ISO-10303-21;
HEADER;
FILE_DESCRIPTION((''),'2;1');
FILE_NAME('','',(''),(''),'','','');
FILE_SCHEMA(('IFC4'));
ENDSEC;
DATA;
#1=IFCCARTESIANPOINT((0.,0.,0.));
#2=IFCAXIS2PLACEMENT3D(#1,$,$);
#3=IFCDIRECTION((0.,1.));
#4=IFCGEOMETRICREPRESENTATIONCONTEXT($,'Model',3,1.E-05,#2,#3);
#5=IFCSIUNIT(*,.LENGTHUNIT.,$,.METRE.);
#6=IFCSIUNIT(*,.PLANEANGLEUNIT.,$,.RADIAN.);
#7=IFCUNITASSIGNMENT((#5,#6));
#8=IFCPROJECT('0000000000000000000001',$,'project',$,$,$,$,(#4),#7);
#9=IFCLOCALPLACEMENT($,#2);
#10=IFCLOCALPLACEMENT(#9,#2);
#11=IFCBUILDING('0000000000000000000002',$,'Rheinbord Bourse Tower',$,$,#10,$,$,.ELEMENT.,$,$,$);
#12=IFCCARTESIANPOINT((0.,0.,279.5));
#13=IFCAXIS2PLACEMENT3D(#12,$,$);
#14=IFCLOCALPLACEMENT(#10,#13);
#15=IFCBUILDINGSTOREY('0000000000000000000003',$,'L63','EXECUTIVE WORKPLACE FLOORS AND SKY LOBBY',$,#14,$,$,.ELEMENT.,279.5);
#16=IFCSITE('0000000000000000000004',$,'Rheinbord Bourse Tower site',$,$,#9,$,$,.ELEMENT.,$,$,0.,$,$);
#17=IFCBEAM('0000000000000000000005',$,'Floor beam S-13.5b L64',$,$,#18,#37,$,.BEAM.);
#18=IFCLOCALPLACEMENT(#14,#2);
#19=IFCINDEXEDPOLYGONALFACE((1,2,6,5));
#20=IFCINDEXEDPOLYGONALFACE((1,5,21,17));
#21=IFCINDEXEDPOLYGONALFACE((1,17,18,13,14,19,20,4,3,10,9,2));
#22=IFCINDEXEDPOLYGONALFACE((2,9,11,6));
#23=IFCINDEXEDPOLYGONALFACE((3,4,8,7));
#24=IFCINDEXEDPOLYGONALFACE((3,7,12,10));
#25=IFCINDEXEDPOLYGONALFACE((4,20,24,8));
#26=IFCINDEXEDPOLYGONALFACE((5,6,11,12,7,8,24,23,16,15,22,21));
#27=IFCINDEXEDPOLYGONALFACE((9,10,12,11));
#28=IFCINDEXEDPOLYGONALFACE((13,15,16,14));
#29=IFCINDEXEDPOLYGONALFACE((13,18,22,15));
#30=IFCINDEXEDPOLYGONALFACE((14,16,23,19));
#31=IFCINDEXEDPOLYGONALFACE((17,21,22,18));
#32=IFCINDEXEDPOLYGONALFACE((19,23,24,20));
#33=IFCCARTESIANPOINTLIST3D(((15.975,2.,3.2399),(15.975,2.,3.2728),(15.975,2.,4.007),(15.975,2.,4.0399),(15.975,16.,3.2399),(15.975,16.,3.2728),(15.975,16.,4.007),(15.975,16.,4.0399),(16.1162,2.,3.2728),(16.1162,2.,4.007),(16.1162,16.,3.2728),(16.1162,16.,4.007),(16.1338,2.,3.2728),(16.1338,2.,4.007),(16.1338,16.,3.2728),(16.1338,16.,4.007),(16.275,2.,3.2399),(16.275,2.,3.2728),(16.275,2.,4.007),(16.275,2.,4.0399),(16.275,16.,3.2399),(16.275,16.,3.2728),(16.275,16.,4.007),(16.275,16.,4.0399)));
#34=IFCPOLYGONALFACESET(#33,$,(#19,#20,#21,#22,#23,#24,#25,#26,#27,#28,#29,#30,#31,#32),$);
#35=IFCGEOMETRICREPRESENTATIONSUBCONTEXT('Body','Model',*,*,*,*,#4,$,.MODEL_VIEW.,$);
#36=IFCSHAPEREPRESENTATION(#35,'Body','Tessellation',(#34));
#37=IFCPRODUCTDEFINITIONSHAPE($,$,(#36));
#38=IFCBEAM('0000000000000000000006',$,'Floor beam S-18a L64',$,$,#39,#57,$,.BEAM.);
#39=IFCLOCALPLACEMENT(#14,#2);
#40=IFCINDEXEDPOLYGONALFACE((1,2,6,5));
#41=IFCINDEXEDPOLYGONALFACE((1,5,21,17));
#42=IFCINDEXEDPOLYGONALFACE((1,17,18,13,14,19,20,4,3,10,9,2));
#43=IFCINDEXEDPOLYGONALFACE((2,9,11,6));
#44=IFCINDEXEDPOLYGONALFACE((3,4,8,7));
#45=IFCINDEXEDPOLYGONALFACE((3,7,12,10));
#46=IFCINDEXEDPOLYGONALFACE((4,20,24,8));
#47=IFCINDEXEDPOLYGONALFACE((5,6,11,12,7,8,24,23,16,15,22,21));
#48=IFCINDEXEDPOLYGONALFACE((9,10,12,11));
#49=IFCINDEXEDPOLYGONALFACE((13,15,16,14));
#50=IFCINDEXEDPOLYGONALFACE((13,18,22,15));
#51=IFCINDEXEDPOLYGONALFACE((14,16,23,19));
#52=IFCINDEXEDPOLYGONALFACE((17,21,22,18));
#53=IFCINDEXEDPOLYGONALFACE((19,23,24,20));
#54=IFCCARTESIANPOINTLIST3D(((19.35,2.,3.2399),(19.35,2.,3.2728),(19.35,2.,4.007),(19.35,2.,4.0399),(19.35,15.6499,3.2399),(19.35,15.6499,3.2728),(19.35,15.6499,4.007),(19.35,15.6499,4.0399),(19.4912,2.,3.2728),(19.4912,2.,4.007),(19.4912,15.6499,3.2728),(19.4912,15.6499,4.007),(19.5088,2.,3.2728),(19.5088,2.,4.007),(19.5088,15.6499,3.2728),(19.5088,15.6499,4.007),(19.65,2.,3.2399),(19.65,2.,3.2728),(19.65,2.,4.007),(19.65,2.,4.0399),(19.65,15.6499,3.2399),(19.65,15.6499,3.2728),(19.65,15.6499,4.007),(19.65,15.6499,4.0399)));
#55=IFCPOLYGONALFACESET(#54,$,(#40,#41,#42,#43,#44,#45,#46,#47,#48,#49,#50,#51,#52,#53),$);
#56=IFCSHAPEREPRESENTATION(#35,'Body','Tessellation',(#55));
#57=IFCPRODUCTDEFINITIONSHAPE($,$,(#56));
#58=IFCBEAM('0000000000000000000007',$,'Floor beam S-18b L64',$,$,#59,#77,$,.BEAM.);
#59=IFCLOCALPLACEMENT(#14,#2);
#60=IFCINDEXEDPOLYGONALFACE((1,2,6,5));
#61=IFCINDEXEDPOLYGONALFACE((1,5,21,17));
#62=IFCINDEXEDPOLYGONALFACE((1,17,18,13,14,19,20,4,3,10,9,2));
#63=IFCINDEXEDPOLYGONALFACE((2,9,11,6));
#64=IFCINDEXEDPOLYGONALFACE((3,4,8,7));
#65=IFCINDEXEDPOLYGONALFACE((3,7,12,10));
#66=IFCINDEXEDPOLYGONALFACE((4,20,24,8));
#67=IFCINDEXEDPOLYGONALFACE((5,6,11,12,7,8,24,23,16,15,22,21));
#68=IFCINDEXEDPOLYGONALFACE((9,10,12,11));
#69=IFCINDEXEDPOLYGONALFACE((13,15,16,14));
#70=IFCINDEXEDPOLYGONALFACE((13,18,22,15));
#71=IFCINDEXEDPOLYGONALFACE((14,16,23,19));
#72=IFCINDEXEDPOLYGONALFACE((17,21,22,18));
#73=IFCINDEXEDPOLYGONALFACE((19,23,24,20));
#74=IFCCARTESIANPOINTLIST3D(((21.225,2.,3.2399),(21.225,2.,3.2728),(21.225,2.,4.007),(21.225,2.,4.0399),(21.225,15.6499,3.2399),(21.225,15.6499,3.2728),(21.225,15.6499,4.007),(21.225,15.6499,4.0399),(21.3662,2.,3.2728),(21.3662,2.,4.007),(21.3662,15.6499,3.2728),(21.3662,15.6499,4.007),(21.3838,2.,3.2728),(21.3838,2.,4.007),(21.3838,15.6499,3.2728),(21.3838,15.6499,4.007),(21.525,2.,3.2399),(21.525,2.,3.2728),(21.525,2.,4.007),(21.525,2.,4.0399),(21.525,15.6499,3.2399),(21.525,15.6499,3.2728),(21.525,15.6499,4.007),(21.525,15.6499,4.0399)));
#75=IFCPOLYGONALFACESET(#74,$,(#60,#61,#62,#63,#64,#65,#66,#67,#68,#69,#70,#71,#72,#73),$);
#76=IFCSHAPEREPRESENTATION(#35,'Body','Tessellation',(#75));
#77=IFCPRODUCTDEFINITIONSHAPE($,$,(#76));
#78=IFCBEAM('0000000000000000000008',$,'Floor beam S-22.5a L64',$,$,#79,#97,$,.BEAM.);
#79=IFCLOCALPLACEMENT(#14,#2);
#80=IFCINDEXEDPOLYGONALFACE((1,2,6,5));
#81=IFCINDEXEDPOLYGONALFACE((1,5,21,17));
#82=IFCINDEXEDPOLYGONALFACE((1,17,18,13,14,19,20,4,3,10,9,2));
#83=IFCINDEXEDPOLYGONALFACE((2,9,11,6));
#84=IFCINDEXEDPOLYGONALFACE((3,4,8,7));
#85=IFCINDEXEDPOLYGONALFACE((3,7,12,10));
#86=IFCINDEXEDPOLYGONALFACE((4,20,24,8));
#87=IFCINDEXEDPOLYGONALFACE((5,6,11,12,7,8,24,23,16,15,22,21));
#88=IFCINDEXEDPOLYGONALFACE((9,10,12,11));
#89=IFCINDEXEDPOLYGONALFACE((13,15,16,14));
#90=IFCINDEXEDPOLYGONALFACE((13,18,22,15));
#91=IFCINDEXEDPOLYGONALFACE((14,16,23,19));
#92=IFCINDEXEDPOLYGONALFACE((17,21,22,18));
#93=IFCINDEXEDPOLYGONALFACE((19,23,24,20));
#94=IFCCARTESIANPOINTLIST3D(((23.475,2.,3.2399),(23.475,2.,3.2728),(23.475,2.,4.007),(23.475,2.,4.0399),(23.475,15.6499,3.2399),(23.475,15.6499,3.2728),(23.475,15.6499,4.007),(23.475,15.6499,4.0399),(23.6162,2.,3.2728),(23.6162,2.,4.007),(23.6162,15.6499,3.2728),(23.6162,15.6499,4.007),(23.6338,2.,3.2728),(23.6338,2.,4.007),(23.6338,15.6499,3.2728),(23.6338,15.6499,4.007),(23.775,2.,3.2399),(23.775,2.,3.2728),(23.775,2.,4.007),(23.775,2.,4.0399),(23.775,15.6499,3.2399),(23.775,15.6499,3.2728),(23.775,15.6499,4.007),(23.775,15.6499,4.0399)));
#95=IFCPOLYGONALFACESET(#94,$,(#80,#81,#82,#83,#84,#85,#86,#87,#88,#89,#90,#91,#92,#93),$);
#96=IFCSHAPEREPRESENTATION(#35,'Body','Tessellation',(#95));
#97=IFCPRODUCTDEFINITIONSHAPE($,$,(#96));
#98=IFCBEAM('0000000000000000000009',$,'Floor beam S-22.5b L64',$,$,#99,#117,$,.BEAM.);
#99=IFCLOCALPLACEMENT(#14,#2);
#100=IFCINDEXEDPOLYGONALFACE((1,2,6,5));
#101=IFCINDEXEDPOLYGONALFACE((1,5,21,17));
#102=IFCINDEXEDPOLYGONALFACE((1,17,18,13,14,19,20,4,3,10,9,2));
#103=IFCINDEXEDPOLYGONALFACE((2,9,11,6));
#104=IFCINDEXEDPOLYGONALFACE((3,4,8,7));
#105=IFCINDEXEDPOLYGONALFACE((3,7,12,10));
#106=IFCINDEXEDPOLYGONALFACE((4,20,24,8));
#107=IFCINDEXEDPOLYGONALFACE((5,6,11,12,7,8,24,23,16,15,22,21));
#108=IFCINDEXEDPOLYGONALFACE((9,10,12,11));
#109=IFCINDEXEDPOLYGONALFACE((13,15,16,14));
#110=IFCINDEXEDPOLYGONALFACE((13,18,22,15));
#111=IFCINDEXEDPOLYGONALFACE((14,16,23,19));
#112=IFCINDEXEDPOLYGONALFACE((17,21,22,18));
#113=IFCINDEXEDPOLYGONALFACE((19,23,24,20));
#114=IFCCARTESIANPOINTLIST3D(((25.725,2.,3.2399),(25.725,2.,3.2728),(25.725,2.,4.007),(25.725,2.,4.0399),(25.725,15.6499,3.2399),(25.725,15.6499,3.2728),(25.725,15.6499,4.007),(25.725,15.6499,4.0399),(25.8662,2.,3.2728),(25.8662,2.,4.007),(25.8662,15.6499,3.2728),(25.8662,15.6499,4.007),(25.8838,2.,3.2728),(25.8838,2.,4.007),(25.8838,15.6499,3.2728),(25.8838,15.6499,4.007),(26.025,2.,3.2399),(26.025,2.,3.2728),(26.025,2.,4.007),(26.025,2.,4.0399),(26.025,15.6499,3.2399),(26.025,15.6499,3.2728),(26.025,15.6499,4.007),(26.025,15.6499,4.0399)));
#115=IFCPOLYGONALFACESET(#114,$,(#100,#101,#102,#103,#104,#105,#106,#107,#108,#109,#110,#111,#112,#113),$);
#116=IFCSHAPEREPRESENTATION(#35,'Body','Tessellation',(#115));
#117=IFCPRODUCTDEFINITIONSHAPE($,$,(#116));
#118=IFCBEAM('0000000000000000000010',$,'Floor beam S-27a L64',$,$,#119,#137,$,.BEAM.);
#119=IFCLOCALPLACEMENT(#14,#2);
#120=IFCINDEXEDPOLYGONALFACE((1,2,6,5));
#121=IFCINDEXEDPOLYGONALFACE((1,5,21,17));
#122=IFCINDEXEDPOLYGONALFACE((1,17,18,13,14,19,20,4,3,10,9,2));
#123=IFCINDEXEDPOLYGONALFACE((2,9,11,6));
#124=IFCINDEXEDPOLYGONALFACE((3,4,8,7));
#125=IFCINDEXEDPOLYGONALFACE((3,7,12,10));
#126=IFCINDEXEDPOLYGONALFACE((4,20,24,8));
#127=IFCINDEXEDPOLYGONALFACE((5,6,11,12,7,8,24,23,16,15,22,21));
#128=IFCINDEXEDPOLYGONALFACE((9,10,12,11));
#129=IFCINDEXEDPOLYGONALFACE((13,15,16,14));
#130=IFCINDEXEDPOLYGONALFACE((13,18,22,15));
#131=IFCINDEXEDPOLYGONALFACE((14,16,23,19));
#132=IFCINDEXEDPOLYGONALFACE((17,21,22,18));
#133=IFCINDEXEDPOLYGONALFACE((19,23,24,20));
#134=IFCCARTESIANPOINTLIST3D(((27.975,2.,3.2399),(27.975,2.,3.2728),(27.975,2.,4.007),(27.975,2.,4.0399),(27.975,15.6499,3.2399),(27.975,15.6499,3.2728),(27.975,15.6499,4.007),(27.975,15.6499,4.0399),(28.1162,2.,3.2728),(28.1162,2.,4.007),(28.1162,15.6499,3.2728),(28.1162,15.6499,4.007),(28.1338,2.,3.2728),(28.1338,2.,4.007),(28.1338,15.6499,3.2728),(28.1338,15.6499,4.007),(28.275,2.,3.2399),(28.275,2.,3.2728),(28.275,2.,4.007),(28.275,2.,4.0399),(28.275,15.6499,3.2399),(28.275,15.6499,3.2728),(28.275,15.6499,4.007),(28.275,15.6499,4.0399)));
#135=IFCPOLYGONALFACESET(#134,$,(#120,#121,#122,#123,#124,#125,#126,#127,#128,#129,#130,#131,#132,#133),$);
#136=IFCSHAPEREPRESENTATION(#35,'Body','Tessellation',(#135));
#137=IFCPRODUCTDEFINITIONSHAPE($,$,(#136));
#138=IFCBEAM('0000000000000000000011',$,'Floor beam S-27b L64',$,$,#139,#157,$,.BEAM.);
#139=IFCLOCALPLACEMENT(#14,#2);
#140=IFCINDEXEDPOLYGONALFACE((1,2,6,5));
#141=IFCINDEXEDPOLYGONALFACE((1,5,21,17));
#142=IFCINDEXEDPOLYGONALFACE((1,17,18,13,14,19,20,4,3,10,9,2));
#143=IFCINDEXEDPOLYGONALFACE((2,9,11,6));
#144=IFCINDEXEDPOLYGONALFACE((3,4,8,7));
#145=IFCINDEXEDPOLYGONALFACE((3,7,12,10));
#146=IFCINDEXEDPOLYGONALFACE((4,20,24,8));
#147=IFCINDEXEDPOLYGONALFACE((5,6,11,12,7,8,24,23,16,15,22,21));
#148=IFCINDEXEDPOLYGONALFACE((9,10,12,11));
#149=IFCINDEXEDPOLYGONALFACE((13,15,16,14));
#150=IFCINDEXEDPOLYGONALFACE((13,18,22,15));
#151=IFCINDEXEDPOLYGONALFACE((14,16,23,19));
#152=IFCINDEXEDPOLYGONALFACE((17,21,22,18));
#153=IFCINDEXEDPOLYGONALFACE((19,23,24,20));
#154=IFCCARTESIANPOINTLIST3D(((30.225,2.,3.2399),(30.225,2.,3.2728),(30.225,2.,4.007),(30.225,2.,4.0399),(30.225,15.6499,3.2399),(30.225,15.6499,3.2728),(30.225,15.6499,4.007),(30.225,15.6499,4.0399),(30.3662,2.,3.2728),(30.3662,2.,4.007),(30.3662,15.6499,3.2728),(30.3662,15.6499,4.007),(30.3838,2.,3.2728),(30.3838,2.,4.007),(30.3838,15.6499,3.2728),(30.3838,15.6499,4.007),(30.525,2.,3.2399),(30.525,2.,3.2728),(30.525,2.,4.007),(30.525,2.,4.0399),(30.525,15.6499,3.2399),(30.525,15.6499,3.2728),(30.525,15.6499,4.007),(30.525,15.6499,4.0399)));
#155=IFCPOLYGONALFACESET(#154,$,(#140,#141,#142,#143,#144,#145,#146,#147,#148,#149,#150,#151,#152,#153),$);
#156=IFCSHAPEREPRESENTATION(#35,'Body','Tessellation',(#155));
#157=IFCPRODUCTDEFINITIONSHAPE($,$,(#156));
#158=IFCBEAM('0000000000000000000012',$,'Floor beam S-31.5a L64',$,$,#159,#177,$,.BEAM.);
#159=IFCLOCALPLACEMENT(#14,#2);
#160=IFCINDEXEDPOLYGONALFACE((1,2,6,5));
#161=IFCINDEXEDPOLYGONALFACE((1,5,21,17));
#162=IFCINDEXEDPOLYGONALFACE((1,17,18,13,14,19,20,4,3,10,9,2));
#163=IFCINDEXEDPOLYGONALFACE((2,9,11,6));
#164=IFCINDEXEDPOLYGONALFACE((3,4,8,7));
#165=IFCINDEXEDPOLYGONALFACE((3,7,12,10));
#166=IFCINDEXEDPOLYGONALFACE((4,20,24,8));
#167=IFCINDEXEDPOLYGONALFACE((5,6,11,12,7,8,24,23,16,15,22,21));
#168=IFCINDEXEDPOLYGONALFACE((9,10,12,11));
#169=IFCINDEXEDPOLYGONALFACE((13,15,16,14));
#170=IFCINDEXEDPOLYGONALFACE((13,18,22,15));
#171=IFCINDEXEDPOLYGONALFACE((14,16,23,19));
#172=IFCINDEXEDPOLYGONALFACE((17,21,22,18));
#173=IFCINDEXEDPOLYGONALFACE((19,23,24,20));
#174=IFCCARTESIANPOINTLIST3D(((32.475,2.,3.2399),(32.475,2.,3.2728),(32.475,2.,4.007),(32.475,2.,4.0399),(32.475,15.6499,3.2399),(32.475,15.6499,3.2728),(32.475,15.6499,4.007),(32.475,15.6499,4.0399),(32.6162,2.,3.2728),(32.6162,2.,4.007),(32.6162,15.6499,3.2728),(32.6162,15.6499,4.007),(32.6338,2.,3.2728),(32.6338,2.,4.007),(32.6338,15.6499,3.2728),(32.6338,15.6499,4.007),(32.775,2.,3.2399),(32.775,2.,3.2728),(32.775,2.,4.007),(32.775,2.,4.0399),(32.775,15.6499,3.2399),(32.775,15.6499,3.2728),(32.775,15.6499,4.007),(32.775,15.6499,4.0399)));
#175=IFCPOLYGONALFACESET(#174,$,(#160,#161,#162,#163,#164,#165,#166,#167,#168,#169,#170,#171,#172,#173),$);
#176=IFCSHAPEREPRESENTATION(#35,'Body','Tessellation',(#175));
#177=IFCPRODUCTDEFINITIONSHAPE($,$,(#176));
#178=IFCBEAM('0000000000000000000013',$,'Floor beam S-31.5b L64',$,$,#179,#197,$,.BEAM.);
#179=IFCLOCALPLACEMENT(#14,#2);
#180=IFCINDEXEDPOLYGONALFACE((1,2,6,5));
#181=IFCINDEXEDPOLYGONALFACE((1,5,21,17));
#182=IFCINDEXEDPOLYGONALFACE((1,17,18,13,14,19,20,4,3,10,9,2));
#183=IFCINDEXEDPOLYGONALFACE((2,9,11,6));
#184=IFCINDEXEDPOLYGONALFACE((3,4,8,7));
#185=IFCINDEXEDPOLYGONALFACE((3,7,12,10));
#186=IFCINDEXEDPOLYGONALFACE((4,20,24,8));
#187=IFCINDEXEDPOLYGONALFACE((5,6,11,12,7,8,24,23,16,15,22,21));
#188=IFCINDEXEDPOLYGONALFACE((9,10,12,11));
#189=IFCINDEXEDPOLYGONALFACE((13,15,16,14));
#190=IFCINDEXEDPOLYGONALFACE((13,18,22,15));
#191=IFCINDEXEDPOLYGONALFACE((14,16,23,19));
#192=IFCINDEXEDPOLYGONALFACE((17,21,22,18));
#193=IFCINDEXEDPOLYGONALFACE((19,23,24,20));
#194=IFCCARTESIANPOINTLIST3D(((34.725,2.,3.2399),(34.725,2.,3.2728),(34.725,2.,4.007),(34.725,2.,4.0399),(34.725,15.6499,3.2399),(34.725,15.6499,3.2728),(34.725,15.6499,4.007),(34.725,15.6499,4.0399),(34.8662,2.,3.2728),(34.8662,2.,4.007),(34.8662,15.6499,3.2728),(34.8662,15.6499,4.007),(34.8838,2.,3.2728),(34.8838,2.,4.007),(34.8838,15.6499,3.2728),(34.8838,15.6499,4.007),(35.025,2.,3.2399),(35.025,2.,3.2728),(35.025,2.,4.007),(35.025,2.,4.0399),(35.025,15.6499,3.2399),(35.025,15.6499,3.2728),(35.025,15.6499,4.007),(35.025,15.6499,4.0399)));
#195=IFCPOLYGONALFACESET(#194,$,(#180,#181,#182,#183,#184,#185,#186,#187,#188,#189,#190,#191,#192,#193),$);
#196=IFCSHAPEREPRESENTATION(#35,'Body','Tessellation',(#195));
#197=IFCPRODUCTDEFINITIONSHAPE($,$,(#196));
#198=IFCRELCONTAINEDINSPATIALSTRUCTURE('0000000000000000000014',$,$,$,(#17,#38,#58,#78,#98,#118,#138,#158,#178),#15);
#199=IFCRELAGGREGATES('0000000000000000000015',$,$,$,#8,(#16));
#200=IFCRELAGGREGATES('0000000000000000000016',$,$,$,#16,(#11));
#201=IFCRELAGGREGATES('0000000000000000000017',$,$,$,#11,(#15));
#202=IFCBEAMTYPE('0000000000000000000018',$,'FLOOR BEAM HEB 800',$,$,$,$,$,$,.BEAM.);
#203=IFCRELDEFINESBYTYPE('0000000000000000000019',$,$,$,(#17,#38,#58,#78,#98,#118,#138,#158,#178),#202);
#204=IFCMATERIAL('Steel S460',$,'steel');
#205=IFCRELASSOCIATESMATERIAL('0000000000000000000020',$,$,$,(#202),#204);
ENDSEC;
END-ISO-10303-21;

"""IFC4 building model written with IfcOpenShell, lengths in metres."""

from ifc_helpers import new_model, si_unit, direction, frame, origin, origin_2d, place, context, subcontext, project, spatial, i_section, extrude, material, material_profile, profile_set, type_object, element, save


model = new_model("IFC4")

# Units and contexts
model_context = context("Model", 3, precision=1e-05, world=origin(), true_north=direction((0.0, 1.0)))
body_context = subcontext(model_context, "Body", "Model", "MODEL_VIEW")
ifc_project = project(units=[si_unit("LENGTHUNIT", "METRE"), si_unit("PLANEANGLEUNIT", "RADIAN")], contexts=[model_context])

# Site, building, storey
site_placement = place(None, origin())
site = spatial("IfcSite", under=ifc_project, at=site_placement, Name="Rheinbord Bourse Tower site", CompositionType="ELEMENT", RefElevation=0.0)
building_placement = place(site_placement, origin())
building = spatial("IfcBuilding", under=site, at=building_placement, Name="Rheinbord Bourse Tower", CompositionType="ELEMENT")
storey_placement = place(building_placement, frame((0.0, 0.0, 279.5)))
storey = spatial("IfcBuildingStorey", under=building, at=storey_placement, Name="L63", Description="EXECUTIVE WORKPLACE FLOORS AND SKY LOBBY", CompositionType="ELEMENT", Elevation=279.5)

# Beams
ifc_material_1 = material(Name="Steel S460", Category="steel")
ifc_material_profile_1 = material_profile(ifc_material_1, i_section(OverallWidth=0.3, OverallDepth=0.8, WebThickness=0.0176, FlangeThickness=0.033, at=origin_2d()), Name="HEB 800")
ifc_profile_set_1 = profile_set([ifc_material_profile_1], Name="Steel S460")
beam_type_1 = type_object("IfcBeamType", Name="FLOOR BEAM HEB 800", PredefinedType="BEAM", material=ifc_profile_set_1)
beam_placement = place(storey_placement, frame((16.125, 2.0, 3.6399), z_axis=(0.0, 1.0, 0.0), x_axis=(-1.0, 0.0, 0.0)))
element("IfcBeam", 1, at=beam_placement, inside=storey, type_object=beam_type_1, Name="Floor beam S-13.5b L64", PredefinedType="BEAM", context=body_context, shape_type="SweptSolid", body=[
    extrude(i_section(OverallWidth=0.3, OverallDepth=0.8, WebThickness=0.0176, FlangeThickness=0.033, at=origin_2d()), origin(), (0.0, 0.0, 1.0), 14.0),
])
for number, where, z_axis, x_axis, name in (
    (2, (19.5, 2.0, 3.6399), (0.0, 1.0, 0.0), (-1.0, 0.0, 0.0), "Floor beam S-18a L64"),
    (3, (21.375, 2.0, 3.6399), (0.0, 1.0, 0.0), (-1.0, 0.0, 0.0), "Floor beam S-18b L64"),
    (4, (23.625, 2.0, 3.6399), (0.0, 1.0, 0.0), (-1.0, 0.0, 0.0), "Floor beam S-22.5a L64"),
    (5, (25.875, 2.0, 3.6399), (0.0, 1.0, 0.0), (-1.0, 0.0, 0.0), "Floor beam S-22.5b L64"),
    (6, (28.125, 2.0, 3.6399), (0.0, 1.0, 0.0), (-1.0, 0.0, 0.0), "Floor beam S-27a L64"),
    (7, (30.375, 2.0, 3.6399), (0.0, 1.0, 0.0), (-1.0, 0.0, 0.0), "Floor beam S-27b L64"),
    (8, (32.625, 2.0, 3.6399), (0.0, 1.0, 0.0), (-1.0, 0.0, 0.0), "Floor beam S-31.5a L64"),
    (9, (34.875, 2.0, 3.6399), (0.0, 1.0, 0.0), (-1.0, 0.0, 0.0), "Floor beam S-31.5b L64"),
):
    element("IfcBeam", number, at=place(storey_placement, frame(where, z_axis=z_axis, x_axis=x_axis)), inside=storey, type_object=beam_type_1, Name=name, PredefinedType="BEAM", context=body_context, shape_type="SweptSolid", body=[
        extrude(i_section(OverallWidth=0.3, OverallDepth=0.8, WebThickness=0.0176, FlangeThickness=0.033, at=origin_2d()), origin(), (0.0, 0.0, 1.0), 13.6499),
    ])

save(model, "model.ifc")
